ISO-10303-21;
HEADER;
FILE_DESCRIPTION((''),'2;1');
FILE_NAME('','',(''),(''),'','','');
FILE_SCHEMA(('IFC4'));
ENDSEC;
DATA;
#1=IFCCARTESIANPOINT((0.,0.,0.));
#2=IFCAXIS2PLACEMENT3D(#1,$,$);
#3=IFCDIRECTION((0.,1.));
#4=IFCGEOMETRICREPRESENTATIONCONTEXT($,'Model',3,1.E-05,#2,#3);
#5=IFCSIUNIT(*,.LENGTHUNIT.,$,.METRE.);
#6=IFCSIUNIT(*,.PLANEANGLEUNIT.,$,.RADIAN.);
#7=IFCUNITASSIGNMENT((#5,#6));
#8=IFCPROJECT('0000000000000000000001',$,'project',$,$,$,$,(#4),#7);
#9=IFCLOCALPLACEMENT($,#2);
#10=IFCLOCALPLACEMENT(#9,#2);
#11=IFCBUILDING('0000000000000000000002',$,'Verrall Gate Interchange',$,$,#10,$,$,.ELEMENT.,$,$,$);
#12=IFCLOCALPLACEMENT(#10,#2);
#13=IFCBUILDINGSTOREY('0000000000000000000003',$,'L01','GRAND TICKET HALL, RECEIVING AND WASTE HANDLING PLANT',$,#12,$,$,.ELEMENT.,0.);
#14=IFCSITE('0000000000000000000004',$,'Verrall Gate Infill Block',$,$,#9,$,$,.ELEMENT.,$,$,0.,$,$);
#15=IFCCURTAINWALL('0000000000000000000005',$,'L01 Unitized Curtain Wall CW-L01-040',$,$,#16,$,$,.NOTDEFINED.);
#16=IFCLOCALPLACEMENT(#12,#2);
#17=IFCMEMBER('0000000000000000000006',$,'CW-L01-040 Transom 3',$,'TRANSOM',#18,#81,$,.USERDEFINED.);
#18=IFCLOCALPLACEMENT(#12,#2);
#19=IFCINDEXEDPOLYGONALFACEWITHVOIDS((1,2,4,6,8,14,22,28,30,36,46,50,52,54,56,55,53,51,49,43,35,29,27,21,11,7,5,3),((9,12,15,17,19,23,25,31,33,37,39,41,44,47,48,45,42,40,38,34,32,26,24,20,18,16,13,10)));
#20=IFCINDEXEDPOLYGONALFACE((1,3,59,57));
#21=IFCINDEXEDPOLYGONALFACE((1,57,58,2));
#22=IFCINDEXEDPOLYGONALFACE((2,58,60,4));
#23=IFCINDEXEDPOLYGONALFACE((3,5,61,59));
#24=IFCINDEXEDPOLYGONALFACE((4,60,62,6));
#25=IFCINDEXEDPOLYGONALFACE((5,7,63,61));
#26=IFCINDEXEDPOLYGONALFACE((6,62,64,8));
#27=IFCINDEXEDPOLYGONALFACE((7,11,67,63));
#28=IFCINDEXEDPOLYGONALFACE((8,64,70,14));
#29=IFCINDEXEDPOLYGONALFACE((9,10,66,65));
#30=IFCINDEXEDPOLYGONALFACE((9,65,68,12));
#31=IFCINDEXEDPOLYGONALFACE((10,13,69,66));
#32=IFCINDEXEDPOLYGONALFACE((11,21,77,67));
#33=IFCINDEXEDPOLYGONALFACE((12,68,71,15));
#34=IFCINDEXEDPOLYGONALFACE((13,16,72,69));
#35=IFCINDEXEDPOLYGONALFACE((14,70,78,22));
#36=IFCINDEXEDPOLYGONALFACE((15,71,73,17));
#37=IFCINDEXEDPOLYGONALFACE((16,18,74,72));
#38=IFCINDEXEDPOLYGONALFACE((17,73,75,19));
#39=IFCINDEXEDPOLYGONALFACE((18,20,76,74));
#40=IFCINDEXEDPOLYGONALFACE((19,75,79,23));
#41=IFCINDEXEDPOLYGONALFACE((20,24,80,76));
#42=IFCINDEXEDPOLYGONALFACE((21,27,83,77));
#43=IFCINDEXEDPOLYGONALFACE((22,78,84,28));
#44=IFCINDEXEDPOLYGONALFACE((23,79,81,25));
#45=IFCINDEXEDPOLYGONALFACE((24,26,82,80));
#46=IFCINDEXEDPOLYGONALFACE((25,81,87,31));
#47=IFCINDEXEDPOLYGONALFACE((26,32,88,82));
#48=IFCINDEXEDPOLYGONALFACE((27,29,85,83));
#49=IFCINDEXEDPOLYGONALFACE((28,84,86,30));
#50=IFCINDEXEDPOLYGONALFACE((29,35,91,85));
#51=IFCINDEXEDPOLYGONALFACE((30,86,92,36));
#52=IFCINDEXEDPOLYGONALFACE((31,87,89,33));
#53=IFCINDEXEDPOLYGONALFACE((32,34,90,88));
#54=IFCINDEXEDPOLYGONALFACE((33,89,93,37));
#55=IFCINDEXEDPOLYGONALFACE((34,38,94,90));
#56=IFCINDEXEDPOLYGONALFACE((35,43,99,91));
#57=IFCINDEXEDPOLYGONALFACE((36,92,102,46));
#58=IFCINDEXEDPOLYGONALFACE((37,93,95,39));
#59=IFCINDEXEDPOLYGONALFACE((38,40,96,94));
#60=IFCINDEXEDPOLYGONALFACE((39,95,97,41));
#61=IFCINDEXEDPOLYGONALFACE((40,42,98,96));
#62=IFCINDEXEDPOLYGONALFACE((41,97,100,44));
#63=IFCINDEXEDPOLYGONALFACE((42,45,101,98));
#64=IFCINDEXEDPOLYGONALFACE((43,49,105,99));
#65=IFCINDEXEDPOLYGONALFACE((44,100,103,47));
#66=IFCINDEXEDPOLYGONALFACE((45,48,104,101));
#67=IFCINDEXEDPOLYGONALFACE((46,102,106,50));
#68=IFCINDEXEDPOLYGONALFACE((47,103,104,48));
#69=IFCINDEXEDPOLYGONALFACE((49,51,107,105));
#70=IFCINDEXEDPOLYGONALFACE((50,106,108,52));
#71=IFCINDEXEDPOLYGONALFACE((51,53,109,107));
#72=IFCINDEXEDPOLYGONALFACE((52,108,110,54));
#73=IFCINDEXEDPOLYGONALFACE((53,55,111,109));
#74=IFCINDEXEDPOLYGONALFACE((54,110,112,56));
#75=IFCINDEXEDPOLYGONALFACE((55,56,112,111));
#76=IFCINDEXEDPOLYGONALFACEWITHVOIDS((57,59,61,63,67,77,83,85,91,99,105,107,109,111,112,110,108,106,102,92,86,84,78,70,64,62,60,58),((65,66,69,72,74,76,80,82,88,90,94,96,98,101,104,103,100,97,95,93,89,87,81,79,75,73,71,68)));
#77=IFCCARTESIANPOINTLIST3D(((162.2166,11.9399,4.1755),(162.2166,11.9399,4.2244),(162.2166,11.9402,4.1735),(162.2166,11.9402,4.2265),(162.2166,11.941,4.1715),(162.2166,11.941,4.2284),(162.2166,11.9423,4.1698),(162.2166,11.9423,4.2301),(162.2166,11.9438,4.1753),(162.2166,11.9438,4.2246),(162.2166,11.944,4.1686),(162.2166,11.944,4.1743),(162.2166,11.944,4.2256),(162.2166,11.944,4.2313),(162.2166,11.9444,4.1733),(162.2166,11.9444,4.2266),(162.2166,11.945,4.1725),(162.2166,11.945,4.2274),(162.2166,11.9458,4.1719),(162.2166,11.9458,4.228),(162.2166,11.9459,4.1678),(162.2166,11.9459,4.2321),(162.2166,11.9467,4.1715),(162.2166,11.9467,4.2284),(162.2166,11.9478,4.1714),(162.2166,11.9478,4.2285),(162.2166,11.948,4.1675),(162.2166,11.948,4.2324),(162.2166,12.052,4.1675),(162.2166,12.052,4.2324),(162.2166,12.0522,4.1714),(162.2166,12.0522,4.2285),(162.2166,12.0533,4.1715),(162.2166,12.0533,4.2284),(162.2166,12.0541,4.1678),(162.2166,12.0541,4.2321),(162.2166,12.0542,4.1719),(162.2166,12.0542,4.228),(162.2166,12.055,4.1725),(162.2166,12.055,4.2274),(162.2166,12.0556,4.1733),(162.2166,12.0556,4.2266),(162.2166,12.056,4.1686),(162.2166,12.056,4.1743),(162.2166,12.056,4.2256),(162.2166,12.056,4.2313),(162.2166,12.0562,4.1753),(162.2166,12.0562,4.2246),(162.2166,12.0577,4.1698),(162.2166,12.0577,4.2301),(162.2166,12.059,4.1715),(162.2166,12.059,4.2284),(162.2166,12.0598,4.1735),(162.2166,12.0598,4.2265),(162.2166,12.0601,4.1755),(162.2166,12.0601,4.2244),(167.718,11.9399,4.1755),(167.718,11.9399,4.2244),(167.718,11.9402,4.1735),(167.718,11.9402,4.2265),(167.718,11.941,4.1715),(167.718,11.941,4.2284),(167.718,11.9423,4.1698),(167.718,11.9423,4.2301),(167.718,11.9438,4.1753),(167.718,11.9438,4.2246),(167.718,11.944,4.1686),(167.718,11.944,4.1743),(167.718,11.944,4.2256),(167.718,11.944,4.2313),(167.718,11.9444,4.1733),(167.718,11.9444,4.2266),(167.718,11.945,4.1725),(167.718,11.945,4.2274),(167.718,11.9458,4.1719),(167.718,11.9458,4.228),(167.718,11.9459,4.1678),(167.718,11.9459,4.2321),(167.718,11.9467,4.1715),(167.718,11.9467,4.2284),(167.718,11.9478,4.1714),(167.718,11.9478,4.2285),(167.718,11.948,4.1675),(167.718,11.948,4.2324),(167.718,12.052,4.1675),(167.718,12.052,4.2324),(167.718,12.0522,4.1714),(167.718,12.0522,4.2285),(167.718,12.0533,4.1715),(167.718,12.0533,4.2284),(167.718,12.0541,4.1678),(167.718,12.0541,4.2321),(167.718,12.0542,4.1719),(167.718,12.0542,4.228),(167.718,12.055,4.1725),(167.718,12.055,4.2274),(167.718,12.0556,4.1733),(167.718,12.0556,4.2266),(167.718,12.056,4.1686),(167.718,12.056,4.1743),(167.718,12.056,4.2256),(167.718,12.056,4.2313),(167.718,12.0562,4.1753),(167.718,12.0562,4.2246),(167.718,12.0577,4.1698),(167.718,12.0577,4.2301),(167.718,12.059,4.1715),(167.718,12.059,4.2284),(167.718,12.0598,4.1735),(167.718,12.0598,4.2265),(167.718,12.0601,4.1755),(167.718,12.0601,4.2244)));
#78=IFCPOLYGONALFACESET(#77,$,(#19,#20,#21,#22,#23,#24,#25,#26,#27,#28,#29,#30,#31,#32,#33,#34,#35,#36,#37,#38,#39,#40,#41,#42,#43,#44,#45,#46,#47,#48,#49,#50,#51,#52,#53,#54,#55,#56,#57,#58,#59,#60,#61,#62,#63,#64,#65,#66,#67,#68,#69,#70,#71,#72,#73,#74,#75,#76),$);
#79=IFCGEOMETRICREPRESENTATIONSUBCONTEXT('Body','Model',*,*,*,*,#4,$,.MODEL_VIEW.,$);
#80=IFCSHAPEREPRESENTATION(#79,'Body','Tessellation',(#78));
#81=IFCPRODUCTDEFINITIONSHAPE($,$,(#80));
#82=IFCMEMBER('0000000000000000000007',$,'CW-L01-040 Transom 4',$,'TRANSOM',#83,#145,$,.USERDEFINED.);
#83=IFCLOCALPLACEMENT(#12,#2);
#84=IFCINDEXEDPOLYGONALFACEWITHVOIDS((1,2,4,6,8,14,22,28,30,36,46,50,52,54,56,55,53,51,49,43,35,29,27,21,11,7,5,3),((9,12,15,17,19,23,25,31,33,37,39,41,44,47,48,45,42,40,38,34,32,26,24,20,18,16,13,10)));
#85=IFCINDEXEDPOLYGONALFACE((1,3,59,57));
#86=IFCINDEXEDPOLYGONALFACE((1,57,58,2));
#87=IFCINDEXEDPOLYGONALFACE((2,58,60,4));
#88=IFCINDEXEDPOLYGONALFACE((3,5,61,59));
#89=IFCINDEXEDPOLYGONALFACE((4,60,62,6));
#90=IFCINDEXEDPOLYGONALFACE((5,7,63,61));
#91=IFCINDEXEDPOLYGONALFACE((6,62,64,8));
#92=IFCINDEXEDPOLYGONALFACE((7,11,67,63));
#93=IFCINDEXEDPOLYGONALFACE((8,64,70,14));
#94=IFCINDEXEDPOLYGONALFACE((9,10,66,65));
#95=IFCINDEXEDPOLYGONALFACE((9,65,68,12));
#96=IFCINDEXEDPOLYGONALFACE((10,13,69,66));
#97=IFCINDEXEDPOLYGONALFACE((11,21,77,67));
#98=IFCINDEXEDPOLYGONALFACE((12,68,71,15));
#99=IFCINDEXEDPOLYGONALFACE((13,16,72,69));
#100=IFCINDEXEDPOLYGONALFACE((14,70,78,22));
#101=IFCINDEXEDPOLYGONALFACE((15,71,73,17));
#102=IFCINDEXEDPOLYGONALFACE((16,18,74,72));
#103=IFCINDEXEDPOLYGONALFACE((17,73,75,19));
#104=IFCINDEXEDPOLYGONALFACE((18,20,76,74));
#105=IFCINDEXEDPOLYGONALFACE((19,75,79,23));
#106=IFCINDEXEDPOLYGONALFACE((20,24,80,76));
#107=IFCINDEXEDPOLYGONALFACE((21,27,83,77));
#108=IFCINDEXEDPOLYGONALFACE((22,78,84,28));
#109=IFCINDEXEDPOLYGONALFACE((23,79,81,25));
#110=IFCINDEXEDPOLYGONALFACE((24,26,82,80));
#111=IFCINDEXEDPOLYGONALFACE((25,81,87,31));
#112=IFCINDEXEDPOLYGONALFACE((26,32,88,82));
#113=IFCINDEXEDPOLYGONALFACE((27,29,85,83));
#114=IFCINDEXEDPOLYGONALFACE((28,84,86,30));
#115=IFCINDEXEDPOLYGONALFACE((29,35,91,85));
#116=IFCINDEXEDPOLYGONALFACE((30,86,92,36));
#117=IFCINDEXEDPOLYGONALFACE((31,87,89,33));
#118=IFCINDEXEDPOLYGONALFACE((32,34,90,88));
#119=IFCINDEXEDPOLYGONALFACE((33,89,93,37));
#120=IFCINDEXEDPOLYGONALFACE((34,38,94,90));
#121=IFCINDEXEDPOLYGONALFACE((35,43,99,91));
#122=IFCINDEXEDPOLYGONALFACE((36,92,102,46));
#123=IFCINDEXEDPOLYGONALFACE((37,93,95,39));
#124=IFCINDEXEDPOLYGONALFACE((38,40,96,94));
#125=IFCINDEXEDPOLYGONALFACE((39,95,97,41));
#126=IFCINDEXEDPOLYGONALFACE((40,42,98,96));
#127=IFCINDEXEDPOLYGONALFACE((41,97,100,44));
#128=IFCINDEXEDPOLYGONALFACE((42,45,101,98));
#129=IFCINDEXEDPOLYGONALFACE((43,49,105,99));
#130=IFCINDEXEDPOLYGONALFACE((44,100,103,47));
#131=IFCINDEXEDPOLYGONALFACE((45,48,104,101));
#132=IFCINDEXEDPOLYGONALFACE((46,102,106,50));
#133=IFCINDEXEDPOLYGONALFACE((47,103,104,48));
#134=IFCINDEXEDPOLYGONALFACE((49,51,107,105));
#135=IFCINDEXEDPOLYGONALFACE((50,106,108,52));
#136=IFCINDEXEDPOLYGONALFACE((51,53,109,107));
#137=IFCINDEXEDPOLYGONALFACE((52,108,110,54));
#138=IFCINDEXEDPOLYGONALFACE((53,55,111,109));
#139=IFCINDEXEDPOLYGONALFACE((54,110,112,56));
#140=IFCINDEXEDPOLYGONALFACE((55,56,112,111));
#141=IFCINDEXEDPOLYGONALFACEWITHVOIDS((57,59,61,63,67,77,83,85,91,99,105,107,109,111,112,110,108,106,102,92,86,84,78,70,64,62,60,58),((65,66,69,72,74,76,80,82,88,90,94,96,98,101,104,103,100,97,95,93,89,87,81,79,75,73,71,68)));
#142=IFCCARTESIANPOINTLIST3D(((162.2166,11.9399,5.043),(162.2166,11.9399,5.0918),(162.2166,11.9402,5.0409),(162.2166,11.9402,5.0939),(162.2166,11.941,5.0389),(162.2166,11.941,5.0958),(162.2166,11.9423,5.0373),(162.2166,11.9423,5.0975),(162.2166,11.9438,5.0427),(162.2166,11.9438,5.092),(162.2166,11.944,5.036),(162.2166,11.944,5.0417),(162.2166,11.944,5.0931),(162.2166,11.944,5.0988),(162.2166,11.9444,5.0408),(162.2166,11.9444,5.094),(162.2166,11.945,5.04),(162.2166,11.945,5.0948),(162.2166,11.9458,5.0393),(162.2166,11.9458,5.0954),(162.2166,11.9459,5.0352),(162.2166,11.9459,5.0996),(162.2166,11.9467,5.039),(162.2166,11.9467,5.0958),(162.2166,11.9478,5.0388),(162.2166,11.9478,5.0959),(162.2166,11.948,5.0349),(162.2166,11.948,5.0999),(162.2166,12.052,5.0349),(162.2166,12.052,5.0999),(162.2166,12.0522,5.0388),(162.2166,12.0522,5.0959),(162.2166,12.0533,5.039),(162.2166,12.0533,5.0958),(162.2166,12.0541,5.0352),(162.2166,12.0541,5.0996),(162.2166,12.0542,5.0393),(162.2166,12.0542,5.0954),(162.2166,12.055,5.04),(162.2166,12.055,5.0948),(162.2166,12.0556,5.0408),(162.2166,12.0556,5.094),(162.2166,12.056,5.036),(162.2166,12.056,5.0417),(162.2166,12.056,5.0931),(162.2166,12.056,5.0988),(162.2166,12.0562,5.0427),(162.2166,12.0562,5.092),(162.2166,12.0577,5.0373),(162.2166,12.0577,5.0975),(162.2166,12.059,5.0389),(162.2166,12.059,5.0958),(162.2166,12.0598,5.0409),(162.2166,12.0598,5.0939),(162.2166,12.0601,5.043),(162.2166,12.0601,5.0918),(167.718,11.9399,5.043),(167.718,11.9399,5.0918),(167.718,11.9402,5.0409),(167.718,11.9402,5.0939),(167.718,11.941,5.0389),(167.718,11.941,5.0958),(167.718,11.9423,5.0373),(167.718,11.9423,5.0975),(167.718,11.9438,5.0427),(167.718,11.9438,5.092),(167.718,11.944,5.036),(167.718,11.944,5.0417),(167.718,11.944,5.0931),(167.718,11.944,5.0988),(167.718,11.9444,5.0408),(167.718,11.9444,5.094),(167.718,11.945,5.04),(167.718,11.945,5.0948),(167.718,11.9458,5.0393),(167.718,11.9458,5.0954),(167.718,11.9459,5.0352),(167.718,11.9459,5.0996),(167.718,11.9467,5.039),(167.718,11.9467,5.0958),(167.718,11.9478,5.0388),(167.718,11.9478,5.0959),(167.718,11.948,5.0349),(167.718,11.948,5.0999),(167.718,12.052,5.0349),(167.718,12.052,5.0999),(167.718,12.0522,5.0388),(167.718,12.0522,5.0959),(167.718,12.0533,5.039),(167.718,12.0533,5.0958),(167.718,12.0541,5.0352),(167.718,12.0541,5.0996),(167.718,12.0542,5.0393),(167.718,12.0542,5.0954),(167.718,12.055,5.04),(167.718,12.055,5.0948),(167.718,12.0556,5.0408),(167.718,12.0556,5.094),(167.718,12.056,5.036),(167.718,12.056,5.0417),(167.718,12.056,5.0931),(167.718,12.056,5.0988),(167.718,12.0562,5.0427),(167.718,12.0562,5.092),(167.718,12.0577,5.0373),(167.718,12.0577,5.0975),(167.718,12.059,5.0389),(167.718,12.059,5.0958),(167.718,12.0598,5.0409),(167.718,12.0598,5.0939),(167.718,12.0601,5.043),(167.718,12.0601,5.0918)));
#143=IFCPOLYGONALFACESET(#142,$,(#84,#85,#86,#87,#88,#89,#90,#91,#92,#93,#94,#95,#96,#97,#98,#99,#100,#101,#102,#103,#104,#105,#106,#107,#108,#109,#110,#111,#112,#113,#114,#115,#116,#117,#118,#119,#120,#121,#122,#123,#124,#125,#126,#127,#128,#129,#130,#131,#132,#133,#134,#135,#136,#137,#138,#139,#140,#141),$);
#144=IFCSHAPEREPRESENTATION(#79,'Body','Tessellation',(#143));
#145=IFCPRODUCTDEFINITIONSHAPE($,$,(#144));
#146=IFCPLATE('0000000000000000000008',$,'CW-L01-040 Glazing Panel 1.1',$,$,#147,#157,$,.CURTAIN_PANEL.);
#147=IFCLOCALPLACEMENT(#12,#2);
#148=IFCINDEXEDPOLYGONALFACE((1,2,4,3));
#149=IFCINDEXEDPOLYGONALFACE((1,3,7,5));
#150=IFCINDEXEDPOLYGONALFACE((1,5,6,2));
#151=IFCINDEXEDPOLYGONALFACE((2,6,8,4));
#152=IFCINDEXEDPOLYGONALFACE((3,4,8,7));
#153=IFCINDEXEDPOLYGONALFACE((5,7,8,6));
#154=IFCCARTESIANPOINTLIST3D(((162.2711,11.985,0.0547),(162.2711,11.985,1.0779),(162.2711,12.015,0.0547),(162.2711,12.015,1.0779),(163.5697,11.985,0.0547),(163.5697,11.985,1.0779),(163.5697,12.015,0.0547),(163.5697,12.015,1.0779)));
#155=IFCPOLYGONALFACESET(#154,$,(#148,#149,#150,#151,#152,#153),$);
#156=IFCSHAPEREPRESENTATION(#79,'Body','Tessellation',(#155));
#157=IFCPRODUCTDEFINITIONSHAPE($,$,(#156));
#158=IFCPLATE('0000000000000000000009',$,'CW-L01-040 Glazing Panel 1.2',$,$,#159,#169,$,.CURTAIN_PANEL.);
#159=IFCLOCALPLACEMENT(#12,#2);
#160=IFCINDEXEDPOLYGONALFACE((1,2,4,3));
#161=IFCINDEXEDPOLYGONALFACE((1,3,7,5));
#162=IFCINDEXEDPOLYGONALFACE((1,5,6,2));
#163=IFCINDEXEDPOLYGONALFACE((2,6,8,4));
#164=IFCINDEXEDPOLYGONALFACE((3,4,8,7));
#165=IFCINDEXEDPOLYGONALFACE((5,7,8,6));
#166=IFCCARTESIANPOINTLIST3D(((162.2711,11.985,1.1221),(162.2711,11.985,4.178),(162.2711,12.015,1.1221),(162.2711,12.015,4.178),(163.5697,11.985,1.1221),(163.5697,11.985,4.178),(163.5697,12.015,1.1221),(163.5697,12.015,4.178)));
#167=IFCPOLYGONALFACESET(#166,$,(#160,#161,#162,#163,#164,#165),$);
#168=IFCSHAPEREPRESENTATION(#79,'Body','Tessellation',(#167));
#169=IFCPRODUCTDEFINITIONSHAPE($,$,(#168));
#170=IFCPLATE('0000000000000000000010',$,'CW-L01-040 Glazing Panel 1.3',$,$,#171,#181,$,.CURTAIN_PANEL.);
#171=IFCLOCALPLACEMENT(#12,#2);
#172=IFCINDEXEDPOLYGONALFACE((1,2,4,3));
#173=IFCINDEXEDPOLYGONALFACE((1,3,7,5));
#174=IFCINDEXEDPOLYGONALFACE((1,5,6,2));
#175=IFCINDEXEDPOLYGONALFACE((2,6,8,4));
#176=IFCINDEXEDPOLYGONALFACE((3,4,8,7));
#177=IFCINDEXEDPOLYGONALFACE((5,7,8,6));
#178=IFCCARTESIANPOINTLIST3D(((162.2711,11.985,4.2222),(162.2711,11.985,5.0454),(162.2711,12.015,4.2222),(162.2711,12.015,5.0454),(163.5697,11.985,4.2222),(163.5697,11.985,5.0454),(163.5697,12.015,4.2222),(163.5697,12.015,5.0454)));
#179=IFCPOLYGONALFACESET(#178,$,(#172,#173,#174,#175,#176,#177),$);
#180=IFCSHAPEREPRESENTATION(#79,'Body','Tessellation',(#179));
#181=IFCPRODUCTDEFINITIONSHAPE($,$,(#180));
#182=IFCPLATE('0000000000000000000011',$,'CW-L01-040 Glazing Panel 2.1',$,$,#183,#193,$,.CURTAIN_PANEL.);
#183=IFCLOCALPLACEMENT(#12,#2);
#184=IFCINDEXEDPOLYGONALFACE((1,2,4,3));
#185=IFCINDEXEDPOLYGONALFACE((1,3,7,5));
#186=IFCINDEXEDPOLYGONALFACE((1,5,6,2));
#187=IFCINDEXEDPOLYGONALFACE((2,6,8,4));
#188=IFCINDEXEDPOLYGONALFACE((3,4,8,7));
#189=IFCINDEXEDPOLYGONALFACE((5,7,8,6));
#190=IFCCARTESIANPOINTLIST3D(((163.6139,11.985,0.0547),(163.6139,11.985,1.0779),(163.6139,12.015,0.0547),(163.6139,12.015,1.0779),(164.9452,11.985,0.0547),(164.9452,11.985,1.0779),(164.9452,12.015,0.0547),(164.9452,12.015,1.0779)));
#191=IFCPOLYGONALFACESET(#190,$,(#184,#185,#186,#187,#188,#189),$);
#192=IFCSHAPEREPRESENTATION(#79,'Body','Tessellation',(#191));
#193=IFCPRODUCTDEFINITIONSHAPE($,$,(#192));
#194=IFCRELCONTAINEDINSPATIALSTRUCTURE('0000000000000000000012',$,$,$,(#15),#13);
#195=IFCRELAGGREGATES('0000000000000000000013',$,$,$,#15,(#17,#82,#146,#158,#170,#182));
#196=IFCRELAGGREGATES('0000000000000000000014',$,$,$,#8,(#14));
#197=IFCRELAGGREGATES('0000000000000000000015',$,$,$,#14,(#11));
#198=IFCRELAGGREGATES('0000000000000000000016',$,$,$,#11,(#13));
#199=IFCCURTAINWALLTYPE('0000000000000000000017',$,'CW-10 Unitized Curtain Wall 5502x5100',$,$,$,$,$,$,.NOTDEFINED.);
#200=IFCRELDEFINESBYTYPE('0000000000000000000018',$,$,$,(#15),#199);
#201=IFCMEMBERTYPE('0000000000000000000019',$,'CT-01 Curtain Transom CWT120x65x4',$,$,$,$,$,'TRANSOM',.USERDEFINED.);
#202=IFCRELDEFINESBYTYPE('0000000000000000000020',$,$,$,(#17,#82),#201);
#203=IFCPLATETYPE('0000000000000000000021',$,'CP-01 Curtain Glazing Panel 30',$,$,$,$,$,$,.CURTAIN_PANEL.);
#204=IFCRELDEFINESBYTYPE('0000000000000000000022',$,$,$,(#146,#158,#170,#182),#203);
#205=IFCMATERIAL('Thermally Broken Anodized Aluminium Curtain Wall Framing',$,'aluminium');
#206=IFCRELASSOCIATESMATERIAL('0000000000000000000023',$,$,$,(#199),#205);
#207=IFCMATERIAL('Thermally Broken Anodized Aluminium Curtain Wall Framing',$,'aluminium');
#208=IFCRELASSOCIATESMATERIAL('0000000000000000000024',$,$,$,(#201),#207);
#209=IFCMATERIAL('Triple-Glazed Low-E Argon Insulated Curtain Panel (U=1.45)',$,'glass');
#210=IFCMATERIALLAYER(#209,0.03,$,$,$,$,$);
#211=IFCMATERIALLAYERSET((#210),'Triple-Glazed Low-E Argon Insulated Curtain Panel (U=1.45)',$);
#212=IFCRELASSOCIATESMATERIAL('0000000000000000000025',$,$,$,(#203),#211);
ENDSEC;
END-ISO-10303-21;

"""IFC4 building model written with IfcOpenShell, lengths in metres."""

from ifc_helpers import new_model, si_unit, direction, frame, origin, origin_2d, place, context, subcontext, project, spatial, rectangle, hollow_rectangle, extrude, material, layer, layer_set, material_profile, profile_set, type_object, element, aggregate, save


model = new_model("IFC4")

# Units and contexts
model_context = context("Model", 3, precision=1e-05, world=origin(), true_north=direction((0.0, 1.0)))
body_context = subcontext(model_context, "Body", "Model", "MODEL_VIEW")
ifc_project = project(units=[si_unit("LENGTHUNIT", "METRE"), si_unit("PLANEANGLEUNIT", "RADIAN")], contexts=[model_context])

# Site, building, storey
site_placement = place(None, origin())
site = spatial("IfcSite", under=ifc_project, at=site_placement, Name="Verrall Gate Infill Block", CompositionType="ELEMENT", RefElevation=0.0)
building_placement = place(site_placement, origin())
building = spatial("IfcBuilding", under=site, at=building_placement, Name="Verrall Gate Interchange", CompositionType="ELEMENT")
storey_placement = place(building_placement, origin())
storey = spatial("IfcBuildingStorey", under=building, at=storey_placement, Name="L01", Description="GRAND TICKET HALL, RECEIVING AND WASTE HANDLING PLANT", CompositionType="ELEMENT", Elevation=0.0)

# Curtain wall
ifc_material_1 = material(Name="Thermally Broken Anodized Aluminium Curtain Wall Framing", Category="aluminium")
curtain_wall_type_1 = type_object("IfcCurtainWallType", Name="CW-10 Unitized Curtain Wall 5502x5100", PredefinedType="NOTDEFINED", material=ifc_material_1)
curtain_wall_1_placement = place(storey_placement, origin())
curtain_wall_1 = element("IfcCurtainWall", 1, at=curtain_wall_1_placement, inside=storey, type_object=curtain_wall_type_1, Name="L01 Unitized Curtain Wall CW-L01-040", PredefinedType="NOTDEFINED")

# Members
ifc_material_2 = material(Name="Thermally Broken Anodized Aluminium Curtain Wall Framing", Category="aluminium")
ifc_material_profile_1 = material_profile(ifc_material_2, hollow_rectangle(XDim=0.1201, YDim=0.0649, WallThickness=0.0039, InnerFilletRadius=0.0039, OuterFilletRadius=0.0081, at=origin_2d()), Name="CWT120x65x4")
ifc_profile_set_1 = profile_set([ifc_material_profile_1], Name="Thermally Broken Anodized Aluminium Curtain Wall Framing")
member_type_1 = type_object("IfcMemberType", Name="CT-01 Curtain Transom CWT120x65x4", ElementType="TRANSOM", PredefinedType="USERDEFINED", material=ifc_profile_set_1)
member_1_placement = place(storey_placement, frame((162.2166, 12.0, 4.2), z_axis=(1.0, 0.0, 0.0), x_axis=(0.0, 1.0, 0.0)))
member_1 = element("IfcMember", 2, at=member_1_placement, type_object=member_type_1, Name="CW-L01-040 Transom 3", ObjectType="TRANSOM", PredefinedType="USERDEFINED", context=body_context, shape_type="SweptSolid", body=[
    extrude(hollow_rectangle(XDim=0.1201, YDim=0.0649, WallThickness=0.0039, InnerFilletRadius=0.0039, OuterFilletRadius=0.0081, at=origin_2d()), origin(), (0.0, 0.0, 1.0), 5.5015),
])
member_2_placement = place(storey_placement, frame((162.2166, 12.0, 5.0674), z_axis=(1.0, 0.0, 0.0), x_axis=(0.0, 1.0, 0.0)))
member_2 = element("IfcMember", 3, at=member_2_placement, type_object=member_type_1, Name="CW-L01-040 Transom 4", ObjectType="TRANSOM", PredefinedType="USERDEFINED", context=body_context, shape_type="SweptSolid", body=[
    extrude(hollow_rectangle(XDim=0.1201, YDim=0.0649, WallThickness=0.0039, InnerFilletRadius=0.0039, OuterFilletRadius=0.0081, at=origin_2d()), origin(), (0.0, 0.0, 1.0), 5.5015),
])

# Plates
ifc_material_3 = material(Name="Triple-Glazed Low-E Argon Insulated Curtain Panel (U=1.45)", Category="glass")
ifc_layer_1 = layer(ifc_material_3, 0.03)
ifc_layer_set_1 = layer_set([ifc_layer_1], Name="Triple-Glazed Low-E Argon Insulated Curtain Panel (U=1.45)")
plate_type_1 = type_object("IfcPlateType", Name="CP-01 Curtain Glazing Panel 30", PredefinedType="CURTAIN_PANEL", material=ifc_layer_set_1)
plate_1_placement = place(storey_placement, frame((162.9204, 12.0, 0.0547), z_axis=(0.0, 0.0, 1.0), x_axis=(1.0, 0.0, 0.0)))
plate_1 = element("IfcPlate", 4, at=plate_1_placement, type_object=plate_type_1, Name="CW-L01-040 Glazing Panel 1.1", PredefinedType="CURTAIN_PANEL", context=body_context, shape_type="SweptSolid", body=[
    extrude(rectangle(XDim=1.2986, YDim=0.03, at=origin_2d()), origin(), (0.0, 0.0, 1.0), 1.0232),
])
plate_2_placement = place(storey_placement, frame((162.9204, 12.0, 1.1221), z_axis=(0.0, 0.0, 1.0), x_axis=(1.0, 0.0, 0.0)))
plate_2 = element("IfcPlate", 5, at=plate_2_placement, type_object=plate_type_1, Name="CW-L01-040 Glazing Panel 1.2", PredefinedType="CURTAIN_PANEL", context=body_context, shape_type="SweptSolid", body=[
    extrude(rectangle(XDim=1.2986, YDim=0.03, at=origin_2d()), origin(), (0.0, 0.0, 1.0), 3.0559),
])
plate_3_placement = place(storey_placement, frame((162.9204, 12.0, 4.2222), z_axis=(0.0, 0.0, 1.0), x_axis=(1.0, 0.0, 0.0)))
plate_3 = element("IfcPlate", 6, at=plate_3_placement, type_object=plate_type_1, Name="CW-L01-040 Glazing Panel 1.3", PredefinedType="CURTAIN_PANEL", context=body_context, shape_type="SweptSolid", body=[
    extrude(rectangle(XDim=1.2986, YDim=0.03, at=origin_2d()), origin(), (0.0, 0.0, 1.0), 0.8232),
])
plate_4_placement = place(storey_placement, frame((164.2795, 12.0, 0.0547), z_axis=(0.0, 0.0, 1.0), x_axis=(1.0, 0.0, 0.0)))
plate_4 = element("IfcPlate", 7, at=plate_4_placement, type_object=plate_type_1, Name="CW-L01-040 Glazing Panel 2.1", PredefinedType="CURTAIN_PANEL", context=body_context, shape_type="SweptSolid", body=[
    extrude(rectangle(XDim=1.3313, YDim=0.03, at=origin_2d()), origin(), (0.0, 0.0, 1.0), 1.0232),
])
aggregate(curtain_wall_1, [member_1, member_2, plate_1, plate_2, plate_3, plate_4])

save(model, "model.ifc")
